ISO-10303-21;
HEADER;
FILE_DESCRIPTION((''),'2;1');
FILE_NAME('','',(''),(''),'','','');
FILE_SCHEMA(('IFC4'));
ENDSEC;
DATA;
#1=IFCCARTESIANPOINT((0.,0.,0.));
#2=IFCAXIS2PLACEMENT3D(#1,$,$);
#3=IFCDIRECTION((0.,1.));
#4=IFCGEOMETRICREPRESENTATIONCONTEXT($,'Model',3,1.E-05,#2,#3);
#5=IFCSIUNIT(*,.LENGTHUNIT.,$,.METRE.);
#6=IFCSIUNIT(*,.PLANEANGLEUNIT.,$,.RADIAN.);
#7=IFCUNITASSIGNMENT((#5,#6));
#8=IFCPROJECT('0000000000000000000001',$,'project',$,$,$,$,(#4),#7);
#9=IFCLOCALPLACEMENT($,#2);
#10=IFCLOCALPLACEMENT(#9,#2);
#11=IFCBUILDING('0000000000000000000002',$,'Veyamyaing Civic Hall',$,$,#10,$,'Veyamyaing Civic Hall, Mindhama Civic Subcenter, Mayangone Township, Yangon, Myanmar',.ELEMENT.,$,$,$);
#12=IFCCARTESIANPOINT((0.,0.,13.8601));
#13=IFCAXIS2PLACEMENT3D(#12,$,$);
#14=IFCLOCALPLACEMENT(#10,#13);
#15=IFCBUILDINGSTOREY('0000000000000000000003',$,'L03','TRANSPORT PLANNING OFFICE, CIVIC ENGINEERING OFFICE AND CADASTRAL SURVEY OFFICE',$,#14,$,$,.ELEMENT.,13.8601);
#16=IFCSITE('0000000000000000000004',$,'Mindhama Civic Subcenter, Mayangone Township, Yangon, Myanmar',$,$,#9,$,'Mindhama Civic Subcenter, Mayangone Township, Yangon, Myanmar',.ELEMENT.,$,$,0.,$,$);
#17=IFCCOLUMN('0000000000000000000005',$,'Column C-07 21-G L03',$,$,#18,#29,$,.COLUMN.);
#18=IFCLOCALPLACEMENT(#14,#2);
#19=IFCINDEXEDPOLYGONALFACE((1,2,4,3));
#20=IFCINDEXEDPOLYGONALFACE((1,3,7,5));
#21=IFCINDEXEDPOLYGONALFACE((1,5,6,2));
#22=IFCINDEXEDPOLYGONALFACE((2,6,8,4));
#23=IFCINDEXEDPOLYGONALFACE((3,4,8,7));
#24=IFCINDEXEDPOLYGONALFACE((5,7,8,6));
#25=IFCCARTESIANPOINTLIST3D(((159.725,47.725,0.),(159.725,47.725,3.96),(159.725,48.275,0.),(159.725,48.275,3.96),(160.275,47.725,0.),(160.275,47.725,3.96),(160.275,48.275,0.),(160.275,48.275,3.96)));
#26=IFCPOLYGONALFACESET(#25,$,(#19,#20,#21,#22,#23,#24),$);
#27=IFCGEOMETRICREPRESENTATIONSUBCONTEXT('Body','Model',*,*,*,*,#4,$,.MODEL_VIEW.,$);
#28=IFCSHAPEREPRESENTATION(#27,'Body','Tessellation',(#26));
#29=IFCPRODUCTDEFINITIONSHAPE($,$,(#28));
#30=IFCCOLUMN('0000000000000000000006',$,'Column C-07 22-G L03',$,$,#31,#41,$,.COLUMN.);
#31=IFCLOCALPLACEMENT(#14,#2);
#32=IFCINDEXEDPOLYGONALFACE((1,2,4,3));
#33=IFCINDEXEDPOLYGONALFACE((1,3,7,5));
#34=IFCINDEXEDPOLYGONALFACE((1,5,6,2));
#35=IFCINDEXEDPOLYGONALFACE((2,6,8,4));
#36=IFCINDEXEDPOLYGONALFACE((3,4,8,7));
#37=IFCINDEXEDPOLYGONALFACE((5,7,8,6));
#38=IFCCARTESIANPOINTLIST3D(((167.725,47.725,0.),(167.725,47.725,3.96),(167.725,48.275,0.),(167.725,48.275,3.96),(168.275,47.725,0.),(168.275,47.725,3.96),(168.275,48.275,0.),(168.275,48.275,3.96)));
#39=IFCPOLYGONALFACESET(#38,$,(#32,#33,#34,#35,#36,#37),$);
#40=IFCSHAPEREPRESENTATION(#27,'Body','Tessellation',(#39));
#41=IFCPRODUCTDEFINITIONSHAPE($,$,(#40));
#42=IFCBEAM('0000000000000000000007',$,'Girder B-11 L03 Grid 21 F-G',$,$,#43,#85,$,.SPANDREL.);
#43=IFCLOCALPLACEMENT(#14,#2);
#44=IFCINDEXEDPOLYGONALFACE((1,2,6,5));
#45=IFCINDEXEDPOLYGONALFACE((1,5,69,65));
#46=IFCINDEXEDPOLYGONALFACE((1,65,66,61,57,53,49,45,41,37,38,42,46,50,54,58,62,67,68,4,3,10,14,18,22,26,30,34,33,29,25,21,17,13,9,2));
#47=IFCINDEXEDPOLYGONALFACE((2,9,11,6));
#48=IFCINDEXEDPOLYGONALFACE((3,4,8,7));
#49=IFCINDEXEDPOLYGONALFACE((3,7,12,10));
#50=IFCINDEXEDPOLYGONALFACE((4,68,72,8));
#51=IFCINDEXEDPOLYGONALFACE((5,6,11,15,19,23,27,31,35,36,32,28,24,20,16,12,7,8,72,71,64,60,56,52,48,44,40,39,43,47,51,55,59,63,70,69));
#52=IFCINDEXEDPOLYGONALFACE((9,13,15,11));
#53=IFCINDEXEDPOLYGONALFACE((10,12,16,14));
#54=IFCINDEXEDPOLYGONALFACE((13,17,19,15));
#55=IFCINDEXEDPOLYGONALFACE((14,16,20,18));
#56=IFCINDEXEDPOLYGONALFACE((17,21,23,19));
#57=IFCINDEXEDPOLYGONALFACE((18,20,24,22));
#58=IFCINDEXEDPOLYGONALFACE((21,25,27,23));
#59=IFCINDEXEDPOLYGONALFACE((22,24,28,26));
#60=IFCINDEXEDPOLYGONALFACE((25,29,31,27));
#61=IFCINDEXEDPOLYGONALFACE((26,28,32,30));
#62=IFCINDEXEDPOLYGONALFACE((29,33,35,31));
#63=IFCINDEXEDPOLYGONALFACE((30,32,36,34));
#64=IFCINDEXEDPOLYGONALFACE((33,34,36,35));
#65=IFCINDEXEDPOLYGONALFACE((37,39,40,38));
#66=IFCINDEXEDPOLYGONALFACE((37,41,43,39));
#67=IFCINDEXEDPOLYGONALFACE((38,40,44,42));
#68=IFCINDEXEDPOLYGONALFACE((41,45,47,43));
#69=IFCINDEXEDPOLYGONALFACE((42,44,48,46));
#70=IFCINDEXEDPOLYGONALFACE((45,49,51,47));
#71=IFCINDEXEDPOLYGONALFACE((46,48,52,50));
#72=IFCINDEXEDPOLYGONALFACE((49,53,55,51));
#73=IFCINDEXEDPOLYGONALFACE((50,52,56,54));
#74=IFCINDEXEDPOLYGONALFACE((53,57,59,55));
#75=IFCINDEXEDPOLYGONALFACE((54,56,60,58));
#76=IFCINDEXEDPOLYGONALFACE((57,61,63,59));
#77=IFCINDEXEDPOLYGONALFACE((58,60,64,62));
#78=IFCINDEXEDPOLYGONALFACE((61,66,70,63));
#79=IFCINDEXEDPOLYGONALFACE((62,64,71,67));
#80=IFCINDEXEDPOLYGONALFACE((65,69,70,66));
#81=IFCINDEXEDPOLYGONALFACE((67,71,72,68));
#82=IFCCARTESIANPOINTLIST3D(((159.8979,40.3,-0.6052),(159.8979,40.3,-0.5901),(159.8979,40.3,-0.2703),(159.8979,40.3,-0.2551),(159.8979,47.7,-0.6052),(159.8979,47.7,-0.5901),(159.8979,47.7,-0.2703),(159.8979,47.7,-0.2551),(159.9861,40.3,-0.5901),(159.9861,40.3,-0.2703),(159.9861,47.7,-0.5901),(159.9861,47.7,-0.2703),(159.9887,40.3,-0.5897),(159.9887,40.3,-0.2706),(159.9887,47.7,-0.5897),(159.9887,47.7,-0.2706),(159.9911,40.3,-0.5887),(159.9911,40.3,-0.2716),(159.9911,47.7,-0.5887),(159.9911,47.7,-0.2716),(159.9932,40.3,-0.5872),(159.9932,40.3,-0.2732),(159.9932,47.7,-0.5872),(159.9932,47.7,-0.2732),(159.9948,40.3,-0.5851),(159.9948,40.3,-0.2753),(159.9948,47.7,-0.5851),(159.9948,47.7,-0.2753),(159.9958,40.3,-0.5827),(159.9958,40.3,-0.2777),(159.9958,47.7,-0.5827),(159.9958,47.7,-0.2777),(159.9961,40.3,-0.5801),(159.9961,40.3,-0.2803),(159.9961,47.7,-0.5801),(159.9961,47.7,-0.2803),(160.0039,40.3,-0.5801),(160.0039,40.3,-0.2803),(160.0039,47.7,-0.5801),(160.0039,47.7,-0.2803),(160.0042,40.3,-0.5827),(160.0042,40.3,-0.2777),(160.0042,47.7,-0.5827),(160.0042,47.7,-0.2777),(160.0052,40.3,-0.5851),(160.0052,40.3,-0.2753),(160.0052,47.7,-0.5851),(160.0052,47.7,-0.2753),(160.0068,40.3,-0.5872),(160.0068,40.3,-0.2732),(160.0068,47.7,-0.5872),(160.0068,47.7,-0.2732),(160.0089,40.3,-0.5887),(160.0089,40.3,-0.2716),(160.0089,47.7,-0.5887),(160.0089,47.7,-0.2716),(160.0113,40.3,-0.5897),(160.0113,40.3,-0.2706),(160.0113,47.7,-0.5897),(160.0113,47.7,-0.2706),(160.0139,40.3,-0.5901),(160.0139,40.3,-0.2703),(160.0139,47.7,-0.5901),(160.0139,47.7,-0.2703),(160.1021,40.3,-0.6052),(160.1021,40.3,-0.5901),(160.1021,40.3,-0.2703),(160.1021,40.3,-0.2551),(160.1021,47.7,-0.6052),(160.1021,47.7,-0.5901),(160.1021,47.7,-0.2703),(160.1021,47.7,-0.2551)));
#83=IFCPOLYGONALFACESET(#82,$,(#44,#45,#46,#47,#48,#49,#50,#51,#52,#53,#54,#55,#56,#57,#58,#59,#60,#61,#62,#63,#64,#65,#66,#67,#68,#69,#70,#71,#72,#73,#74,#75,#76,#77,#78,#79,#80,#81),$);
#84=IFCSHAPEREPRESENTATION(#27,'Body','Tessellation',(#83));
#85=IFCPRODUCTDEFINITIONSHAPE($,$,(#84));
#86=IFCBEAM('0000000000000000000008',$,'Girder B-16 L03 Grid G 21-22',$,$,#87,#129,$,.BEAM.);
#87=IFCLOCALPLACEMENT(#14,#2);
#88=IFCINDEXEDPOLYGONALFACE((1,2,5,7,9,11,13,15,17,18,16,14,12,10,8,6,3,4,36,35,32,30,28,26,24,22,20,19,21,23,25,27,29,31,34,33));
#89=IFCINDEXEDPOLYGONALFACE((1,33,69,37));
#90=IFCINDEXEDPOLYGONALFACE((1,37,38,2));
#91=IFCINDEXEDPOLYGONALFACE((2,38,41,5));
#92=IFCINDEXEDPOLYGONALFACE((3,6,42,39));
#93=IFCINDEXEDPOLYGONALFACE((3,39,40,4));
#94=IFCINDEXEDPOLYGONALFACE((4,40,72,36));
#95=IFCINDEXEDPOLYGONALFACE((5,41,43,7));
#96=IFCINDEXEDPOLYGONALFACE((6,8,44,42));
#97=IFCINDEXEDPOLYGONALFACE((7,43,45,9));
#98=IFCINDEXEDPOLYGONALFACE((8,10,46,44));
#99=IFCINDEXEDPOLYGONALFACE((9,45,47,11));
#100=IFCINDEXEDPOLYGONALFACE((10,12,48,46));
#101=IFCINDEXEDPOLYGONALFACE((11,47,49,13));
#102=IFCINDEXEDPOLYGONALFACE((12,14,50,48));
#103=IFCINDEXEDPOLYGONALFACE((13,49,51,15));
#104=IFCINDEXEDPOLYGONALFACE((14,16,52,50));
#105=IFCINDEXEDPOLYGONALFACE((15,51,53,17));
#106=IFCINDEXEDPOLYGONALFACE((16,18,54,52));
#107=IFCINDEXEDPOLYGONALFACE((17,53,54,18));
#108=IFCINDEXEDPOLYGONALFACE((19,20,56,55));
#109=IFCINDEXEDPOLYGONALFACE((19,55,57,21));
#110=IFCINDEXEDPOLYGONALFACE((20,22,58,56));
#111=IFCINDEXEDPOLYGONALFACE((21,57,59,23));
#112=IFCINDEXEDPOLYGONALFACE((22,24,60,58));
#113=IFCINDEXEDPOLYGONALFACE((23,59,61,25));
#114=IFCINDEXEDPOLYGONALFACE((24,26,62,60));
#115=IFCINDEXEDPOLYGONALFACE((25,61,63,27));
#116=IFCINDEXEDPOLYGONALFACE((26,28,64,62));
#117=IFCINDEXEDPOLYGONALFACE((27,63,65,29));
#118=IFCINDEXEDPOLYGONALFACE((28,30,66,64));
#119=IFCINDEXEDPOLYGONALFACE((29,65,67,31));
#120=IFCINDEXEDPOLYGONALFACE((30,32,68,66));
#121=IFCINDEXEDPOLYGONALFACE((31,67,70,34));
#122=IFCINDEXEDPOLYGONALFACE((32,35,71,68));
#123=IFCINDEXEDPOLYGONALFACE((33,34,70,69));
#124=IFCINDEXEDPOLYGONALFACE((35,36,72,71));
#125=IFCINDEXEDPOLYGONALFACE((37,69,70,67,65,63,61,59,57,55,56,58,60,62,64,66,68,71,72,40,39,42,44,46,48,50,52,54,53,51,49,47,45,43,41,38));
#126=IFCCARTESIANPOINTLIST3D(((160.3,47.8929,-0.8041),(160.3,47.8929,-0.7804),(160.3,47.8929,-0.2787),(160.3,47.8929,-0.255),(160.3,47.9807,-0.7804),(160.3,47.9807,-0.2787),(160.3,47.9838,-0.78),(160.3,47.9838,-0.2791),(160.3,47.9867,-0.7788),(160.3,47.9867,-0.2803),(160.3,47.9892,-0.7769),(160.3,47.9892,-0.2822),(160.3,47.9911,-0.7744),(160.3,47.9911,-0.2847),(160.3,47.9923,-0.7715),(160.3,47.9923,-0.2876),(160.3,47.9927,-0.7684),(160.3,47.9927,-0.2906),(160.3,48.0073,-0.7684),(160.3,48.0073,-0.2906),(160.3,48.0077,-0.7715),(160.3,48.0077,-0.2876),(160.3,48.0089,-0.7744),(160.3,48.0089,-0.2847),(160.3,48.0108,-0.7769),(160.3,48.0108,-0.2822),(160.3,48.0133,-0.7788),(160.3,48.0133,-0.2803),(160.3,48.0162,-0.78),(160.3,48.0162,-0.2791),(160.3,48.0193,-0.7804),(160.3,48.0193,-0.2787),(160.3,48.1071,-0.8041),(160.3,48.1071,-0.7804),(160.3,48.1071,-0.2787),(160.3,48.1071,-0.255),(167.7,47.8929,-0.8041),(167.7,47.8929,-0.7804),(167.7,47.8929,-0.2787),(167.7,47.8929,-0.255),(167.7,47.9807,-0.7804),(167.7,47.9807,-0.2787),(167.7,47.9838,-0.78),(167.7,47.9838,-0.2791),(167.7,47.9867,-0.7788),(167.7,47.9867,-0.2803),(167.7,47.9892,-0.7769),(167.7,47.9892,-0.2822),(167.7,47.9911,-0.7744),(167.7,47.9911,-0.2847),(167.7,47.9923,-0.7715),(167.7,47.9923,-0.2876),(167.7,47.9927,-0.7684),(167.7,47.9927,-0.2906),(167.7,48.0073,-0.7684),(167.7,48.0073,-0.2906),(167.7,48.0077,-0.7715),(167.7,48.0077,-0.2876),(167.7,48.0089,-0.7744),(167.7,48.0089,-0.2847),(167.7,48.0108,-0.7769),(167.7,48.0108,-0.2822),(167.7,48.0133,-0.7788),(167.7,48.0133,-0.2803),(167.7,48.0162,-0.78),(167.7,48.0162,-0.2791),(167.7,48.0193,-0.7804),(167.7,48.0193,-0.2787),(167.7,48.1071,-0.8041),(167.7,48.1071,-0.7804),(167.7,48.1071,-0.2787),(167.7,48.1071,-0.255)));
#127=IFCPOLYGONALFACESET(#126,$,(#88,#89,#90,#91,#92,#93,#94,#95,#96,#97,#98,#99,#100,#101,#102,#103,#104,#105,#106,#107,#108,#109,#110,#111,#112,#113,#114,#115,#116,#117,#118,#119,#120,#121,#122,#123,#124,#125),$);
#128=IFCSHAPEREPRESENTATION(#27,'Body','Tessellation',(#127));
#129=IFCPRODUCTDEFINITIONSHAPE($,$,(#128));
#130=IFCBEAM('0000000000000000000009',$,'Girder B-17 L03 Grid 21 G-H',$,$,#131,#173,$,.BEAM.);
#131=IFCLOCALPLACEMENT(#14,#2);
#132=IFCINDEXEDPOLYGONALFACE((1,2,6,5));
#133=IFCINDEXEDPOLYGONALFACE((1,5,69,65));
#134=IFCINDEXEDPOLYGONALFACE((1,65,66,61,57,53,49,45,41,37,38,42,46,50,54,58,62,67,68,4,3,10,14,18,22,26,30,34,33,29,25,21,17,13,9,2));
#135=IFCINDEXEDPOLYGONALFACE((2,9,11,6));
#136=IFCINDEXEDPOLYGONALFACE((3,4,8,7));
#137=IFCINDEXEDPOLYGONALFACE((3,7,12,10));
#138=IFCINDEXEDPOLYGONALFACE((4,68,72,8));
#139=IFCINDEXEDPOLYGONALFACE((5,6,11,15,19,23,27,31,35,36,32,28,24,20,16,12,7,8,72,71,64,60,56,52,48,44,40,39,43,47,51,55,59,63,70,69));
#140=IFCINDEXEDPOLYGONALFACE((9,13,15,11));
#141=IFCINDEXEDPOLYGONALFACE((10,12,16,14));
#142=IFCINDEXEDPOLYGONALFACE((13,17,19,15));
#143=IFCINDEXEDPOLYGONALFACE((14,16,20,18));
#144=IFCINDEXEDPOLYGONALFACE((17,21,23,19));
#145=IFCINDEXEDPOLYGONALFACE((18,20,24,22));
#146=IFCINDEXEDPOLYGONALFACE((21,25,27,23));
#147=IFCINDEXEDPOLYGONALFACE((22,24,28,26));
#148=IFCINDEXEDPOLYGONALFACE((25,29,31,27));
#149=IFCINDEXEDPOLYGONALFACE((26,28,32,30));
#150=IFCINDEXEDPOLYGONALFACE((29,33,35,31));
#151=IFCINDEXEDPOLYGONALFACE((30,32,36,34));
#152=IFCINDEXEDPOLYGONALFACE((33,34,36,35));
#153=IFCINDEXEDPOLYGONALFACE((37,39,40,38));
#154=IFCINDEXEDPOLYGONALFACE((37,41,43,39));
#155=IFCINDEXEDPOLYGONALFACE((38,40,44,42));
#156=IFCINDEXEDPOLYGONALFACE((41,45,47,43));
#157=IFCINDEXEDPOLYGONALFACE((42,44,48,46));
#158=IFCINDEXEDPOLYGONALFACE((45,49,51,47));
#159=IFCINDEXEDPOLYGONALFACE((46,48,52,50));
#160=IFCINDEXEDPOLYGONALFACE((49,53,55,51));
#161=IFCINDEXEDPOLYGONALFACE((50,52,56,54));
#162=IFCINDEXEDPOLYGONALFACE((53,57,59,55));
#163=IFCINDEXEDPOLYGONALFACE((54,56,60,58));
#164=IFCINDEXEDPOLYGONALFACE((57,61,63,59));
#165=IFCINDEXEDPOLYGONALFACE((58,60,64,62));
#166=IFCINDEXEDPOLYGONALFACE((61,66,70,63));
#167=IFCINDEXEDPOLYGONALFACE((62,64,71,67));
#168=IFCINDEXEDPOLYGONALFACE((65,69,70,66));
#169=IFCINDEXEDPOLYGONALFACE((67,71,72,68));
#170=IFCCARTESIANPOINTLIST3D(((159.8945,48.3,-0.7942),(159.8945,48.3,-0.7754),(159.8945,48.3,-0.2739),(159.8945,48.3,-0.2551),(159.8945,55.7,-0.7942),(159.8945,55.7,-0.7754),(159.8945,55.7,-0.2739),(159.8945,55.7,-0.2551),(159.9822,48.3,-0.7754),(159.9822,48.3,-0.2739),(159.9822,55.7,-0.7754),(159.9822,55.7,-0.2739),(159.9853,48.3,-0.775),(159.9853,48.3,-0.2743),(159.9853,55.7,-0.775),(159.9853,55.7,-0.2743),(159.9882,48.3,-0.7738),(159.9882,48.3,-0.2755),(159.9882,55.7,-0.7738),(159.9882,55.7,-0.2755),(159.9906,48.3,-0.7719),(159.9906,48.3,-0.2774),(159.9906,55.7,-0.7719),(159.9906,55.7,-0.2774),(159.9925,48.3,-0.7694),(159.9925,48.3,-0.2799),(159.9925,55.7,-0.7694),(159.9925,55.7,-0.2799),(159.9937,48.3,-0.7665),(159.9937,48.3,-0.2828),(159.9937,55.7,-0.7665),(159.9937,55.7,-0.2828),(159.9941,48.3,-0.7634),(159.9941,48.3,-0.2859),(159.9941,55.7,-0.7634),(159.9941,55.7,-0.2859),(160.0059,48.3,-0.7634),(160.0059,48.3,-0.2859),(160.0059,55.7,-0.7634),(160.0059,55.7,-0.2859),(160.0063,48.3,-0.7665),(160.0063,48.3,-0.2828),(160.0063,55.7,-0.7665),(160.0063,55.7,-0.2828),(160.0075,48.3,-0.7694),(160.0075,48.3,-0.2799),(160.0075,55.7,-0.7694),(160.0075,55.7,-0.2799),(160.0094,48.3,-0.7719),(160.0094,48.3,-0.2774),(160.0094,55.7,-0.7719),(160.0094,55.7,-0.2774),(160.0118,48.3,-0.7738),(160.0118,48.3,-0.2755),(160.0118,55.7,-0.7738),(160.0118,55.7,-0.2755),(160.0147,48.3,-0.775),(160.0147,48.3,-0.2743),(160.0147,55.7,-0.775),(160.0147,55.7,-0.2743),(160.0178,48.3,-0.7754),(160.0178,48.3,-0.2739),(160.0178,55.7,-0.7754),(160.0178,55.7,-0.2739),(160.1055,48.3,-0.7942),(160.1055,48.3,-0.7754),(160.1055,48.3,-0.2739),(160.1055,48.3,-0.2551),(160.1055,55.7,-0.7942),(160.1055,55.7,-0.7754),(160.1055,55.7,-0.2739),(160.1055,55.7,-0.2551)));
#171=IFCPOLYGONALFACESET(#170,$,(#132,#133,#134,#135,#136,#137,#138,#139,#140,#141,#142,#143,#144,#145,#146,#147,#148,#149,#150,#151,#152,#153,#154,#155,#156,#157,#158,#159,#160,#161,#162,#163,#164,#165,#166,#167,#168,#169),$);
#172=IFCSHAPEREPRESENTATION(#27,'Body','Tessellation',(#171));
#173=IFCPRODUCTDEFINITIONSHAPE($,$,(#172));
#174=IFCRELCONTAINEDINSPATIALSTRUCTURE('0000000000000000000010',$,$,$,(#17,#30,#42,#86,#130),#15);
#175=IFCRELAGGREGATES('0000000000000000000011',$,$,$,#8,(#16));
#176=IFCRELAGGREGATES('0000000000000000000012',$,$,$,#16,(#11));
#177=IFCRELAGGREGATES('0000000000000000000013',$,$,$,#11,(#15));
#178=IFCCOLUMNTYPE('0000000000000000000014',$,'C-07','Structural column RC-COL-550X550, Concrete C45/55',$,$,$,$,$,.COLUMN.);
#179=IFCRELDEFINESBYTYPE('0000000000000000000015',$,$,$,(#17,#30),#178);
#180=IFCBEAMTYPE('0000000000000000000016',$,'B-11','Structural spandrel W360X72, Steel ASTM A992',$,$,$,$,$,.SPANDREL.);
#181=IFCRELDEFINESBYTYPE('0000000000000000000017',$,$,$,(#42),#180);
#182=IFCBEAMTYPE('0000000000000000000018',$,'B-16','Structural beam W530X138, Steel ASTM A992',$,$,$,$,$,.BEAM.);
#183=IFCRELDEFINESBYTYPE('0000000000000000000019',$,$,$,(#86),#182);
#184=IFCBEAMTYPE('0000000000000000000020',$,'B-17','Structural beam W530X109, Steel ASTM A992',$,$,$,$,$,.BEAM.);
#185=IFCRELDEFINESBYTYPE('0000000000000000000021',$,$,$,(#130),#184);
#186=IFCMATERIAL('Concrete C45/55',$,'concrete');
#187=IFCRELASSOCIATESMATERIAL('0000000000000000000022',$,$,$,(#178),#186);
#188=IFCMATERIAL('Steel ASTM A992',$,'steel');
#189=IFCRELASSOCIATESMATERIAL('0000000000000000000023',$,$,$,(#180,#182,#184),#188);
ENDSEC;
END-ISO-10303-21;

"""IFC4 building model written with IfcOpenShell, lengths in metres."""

from ifc_helpers import new_model, si_unit, direction, frame, origin, origin_2d, place, context, subcontext, project, spatial, rectangle, i_section, extrude, material, material_profile, profile_set, type_object, element, save


model = new_model("IFC4")

# Units and contexts
model_context = context("Model", 3, precision=1e-05, world=origin(), true_north=direction((0.0, 1.0)))
body_context = subcontext(model_context, "Body", "Model", "MODEL_VIEW")
ifc_project = project(units=[si_unit("LENGTHUNIT", "METRE"), si_unit("PLANEANGLEUNIT", "RADIAN")], contexts=[model_context])

# Site, building, storey
site_placement = place(None, origin())
site = spatial("IfcSite", under=ifc_project, at=site_placement, Name="Mindhama Civic Subcenter, Mayangone Township, Yangon, Myanmar", LongName="Mindhama Civic Subcenter, Mayangone Township, Yangon, Myanmar", CompositionType="ELEMENT", RefElevation=0.0)
building_placement = place(site_placement, origin())
building = spatial("IfcBuilding", under=site, at=building_placement, Name="Veyamyaing Civic Hall", LongName="Veyamyaing Civic Hall, Mindhama Civic Subcenter, Mayangone Township, Yangon, Myanmar", CompositionType="ELEMENT")
storey_placement = place(building_placement, frame((0.0, 0.0, 13.8601)))
storey = spatial("IfcBuildingStorey", under=building, at=storey_placement, Name="L03", Description="TRANSPORT PLANNING OFFICE, CIVIC ENGINEERING OFFICE AND CADASTRAL SURVEY OFFICE", CompositionType="ELEMENT", Elevation=13.8601)

# Columns
ifc_material_1 = material(Name="Concrete C45/55", Category="concrete")
ifc_material_profile_1 = material_profile(ifc_material_1, rectangle(XDim=0.55, YDim=0.55, at=origin_2d()), Name="RC-COL-550X550")
ifc_profile_set_1 = profile_set([ifc_material_profile_1], Name="Concrete C45/55")
column_type = type_object("IfcColumnType", Name="C-07", Description="Structural column RC-COL-550X550, Concrete C45/55", PredefinedType="COLUMN", material=ifc_profile_set_1)
for number, where, z_axis, x_axis, name in (
    (1, (160.0, 48.0, 0.0), (0.0, 0.0, 1.0), (1.0, 0.0, 0.0), "Column C-07 21-G L03"),
    (2, (168.0, 48.0, 0.0), (0.0, 0.0, 1.0), (1.0, 0.0, 0.0), "Column C-07 22-G L03"),
):
    element("IfcColumn", number, at=place(storey_placement, frame(where, z_axis=z_axis, x_axis=x_axis)), inside=storey, type_object=column_type, Name=name, PredefinedType="COLUMN", context=body_context, shape_type="SweptSolid", body=[
        extrude(rectangle(XDim=0.55, YDim=0.55, at=origin_2d()), origin(), (0.0, 0.0, 1.0), 3.96),
    ])

# Beams
ifc_material_2 = material(Name="Steel ASTM A992", Category="steel")
ifc_material_profile_2 = material_profile(ifc_material_2, i_section(OverallWidth=0.2041, OverallDepth=0.3501, WebThickness=0.0078, FlangeThickness=0.0151, FilletRadius=0.01, at=origin_2d()), Name="W360X72")
ifc_profile_set_2 = profile_set([ifc_material_profile_2], Name="Steel ASTM A992")
beam_type_1 = type_object("IfcBeamType", Name="B-11", Description="Structural spandrel W360X72, Steel ASTM A992", PredefinedType="SPANDREL", material=ifc_profile_set_2)
beam_1_placement = place(storey_placement, frame((160.0, 40.3, -0.4302), z_axis=(0.0, 1.0, 0.0), x_axis=(-1.0, 0.0, 0.0)))
element("IfcBeam", 3, at=beam_1_placement, inside=storey, type_object=beam_type_1, Name="Girder B-11 L03 Grid 21 F-G", PredefinedType="SPANDREL", context=body_context, shape_type="SweptSolid", body=[
    extrude(i_section(OverallWidth=0.2041, OverallDepth=0.3501, WebThickness=0.0078, FlangeThickness=0.0151, FilletRadius=0.01, at=origin_2d()), origin(), (0.0, 0.0, 1.0), 7.3999),
])
ifc_material_profile_3 = material_profile(ifc_material_2, i_section(OverallWidth=0.2141, OverallDepth=0.5491, WebThickness=0.0146, FlangeThickness=0.0237, FilletRadius=0.012, at=origin_2d()), Name="W530X138")
ifc_profile_set_3 = profile_set([ifc_material_profile_3], Name="Steel ASTM A992")
beam_type_2 = type_object("IfcBeamType", Name="B-16", Description="Structural beam W530X138, Steel ASTM A992", PredefinedType="BEAM", material=ifc_profile_set_3)
beam_2_placement = place(storey_placement, frame((160.3, 48.0, -0.5295), z_axis=(1.0, 0.0, 0.0), x_axis=(0.0, 1.0, 0.0)))
element("IfcBeam", 4, at=beam_2_placement, inside=storey, type_object=beam_type_2, Name="Girder B-16 L03 Grid G 21-22", PredefinedType="BEAM", context=body_context, shape_type="SweptSolid", body=[
    extrude(i_section(OverallWidth=0.2141, OverallDepth=0.5491, WebThickness=0.0146, FlangeThickness=0.0237, FilletRadius=0.012, at=origin_2d()), origin(), (0.0, 0.0, 1.0), 7.3999),
])
ifc_material_profile_4 = material_profile(ifc_material_2, i_section(OverallWidth=0.2109, OverallDepth=0.5391, WebThickness=0.0117, FlangeThickness=0.0188, FilletRadius=0.012, at=origin_2d()), Name="W530X109")
ifc_profile_set_4 = profile_set([ifc_material_profile_4], Name="Steel ASTM A992")
beam_type_3 = type_object("IfcBeamType", Name="B-17", Description="Structural beam W530X109, Steel ASTM A992", PredefinedType="BEAM", material=ifc_profile_set_4)
for number, where, z_axis, x_axis, name in (
    (5, (160.0, 48.3, -0.5247), (0.0, 1.0, 0.0), (-1.0, 0.0, 0.0), "Girder B-17 L03 Grid 21 G-H"),
):
    element("IfcBeam", number, at=place(storey_placement, frame(where, z_axis=z_axis, x_axis=x_axis)), inside=storey, type_object=beam_type_3, Name=name, PredefinedType="BEAM", context=body_context, shape_type="SweptSolid", body=[
        extrude(i_section(OverallWidth=0.2109, OverallDepth=0.5391, WebThickness=0.0117, FlangeThickness=0.0188, FilletRadius=0.012, at=origin_2d()), origin(), (0.0, 0.0, 1.0), 7.3999),
    ])

save(model, "model.ifc")
